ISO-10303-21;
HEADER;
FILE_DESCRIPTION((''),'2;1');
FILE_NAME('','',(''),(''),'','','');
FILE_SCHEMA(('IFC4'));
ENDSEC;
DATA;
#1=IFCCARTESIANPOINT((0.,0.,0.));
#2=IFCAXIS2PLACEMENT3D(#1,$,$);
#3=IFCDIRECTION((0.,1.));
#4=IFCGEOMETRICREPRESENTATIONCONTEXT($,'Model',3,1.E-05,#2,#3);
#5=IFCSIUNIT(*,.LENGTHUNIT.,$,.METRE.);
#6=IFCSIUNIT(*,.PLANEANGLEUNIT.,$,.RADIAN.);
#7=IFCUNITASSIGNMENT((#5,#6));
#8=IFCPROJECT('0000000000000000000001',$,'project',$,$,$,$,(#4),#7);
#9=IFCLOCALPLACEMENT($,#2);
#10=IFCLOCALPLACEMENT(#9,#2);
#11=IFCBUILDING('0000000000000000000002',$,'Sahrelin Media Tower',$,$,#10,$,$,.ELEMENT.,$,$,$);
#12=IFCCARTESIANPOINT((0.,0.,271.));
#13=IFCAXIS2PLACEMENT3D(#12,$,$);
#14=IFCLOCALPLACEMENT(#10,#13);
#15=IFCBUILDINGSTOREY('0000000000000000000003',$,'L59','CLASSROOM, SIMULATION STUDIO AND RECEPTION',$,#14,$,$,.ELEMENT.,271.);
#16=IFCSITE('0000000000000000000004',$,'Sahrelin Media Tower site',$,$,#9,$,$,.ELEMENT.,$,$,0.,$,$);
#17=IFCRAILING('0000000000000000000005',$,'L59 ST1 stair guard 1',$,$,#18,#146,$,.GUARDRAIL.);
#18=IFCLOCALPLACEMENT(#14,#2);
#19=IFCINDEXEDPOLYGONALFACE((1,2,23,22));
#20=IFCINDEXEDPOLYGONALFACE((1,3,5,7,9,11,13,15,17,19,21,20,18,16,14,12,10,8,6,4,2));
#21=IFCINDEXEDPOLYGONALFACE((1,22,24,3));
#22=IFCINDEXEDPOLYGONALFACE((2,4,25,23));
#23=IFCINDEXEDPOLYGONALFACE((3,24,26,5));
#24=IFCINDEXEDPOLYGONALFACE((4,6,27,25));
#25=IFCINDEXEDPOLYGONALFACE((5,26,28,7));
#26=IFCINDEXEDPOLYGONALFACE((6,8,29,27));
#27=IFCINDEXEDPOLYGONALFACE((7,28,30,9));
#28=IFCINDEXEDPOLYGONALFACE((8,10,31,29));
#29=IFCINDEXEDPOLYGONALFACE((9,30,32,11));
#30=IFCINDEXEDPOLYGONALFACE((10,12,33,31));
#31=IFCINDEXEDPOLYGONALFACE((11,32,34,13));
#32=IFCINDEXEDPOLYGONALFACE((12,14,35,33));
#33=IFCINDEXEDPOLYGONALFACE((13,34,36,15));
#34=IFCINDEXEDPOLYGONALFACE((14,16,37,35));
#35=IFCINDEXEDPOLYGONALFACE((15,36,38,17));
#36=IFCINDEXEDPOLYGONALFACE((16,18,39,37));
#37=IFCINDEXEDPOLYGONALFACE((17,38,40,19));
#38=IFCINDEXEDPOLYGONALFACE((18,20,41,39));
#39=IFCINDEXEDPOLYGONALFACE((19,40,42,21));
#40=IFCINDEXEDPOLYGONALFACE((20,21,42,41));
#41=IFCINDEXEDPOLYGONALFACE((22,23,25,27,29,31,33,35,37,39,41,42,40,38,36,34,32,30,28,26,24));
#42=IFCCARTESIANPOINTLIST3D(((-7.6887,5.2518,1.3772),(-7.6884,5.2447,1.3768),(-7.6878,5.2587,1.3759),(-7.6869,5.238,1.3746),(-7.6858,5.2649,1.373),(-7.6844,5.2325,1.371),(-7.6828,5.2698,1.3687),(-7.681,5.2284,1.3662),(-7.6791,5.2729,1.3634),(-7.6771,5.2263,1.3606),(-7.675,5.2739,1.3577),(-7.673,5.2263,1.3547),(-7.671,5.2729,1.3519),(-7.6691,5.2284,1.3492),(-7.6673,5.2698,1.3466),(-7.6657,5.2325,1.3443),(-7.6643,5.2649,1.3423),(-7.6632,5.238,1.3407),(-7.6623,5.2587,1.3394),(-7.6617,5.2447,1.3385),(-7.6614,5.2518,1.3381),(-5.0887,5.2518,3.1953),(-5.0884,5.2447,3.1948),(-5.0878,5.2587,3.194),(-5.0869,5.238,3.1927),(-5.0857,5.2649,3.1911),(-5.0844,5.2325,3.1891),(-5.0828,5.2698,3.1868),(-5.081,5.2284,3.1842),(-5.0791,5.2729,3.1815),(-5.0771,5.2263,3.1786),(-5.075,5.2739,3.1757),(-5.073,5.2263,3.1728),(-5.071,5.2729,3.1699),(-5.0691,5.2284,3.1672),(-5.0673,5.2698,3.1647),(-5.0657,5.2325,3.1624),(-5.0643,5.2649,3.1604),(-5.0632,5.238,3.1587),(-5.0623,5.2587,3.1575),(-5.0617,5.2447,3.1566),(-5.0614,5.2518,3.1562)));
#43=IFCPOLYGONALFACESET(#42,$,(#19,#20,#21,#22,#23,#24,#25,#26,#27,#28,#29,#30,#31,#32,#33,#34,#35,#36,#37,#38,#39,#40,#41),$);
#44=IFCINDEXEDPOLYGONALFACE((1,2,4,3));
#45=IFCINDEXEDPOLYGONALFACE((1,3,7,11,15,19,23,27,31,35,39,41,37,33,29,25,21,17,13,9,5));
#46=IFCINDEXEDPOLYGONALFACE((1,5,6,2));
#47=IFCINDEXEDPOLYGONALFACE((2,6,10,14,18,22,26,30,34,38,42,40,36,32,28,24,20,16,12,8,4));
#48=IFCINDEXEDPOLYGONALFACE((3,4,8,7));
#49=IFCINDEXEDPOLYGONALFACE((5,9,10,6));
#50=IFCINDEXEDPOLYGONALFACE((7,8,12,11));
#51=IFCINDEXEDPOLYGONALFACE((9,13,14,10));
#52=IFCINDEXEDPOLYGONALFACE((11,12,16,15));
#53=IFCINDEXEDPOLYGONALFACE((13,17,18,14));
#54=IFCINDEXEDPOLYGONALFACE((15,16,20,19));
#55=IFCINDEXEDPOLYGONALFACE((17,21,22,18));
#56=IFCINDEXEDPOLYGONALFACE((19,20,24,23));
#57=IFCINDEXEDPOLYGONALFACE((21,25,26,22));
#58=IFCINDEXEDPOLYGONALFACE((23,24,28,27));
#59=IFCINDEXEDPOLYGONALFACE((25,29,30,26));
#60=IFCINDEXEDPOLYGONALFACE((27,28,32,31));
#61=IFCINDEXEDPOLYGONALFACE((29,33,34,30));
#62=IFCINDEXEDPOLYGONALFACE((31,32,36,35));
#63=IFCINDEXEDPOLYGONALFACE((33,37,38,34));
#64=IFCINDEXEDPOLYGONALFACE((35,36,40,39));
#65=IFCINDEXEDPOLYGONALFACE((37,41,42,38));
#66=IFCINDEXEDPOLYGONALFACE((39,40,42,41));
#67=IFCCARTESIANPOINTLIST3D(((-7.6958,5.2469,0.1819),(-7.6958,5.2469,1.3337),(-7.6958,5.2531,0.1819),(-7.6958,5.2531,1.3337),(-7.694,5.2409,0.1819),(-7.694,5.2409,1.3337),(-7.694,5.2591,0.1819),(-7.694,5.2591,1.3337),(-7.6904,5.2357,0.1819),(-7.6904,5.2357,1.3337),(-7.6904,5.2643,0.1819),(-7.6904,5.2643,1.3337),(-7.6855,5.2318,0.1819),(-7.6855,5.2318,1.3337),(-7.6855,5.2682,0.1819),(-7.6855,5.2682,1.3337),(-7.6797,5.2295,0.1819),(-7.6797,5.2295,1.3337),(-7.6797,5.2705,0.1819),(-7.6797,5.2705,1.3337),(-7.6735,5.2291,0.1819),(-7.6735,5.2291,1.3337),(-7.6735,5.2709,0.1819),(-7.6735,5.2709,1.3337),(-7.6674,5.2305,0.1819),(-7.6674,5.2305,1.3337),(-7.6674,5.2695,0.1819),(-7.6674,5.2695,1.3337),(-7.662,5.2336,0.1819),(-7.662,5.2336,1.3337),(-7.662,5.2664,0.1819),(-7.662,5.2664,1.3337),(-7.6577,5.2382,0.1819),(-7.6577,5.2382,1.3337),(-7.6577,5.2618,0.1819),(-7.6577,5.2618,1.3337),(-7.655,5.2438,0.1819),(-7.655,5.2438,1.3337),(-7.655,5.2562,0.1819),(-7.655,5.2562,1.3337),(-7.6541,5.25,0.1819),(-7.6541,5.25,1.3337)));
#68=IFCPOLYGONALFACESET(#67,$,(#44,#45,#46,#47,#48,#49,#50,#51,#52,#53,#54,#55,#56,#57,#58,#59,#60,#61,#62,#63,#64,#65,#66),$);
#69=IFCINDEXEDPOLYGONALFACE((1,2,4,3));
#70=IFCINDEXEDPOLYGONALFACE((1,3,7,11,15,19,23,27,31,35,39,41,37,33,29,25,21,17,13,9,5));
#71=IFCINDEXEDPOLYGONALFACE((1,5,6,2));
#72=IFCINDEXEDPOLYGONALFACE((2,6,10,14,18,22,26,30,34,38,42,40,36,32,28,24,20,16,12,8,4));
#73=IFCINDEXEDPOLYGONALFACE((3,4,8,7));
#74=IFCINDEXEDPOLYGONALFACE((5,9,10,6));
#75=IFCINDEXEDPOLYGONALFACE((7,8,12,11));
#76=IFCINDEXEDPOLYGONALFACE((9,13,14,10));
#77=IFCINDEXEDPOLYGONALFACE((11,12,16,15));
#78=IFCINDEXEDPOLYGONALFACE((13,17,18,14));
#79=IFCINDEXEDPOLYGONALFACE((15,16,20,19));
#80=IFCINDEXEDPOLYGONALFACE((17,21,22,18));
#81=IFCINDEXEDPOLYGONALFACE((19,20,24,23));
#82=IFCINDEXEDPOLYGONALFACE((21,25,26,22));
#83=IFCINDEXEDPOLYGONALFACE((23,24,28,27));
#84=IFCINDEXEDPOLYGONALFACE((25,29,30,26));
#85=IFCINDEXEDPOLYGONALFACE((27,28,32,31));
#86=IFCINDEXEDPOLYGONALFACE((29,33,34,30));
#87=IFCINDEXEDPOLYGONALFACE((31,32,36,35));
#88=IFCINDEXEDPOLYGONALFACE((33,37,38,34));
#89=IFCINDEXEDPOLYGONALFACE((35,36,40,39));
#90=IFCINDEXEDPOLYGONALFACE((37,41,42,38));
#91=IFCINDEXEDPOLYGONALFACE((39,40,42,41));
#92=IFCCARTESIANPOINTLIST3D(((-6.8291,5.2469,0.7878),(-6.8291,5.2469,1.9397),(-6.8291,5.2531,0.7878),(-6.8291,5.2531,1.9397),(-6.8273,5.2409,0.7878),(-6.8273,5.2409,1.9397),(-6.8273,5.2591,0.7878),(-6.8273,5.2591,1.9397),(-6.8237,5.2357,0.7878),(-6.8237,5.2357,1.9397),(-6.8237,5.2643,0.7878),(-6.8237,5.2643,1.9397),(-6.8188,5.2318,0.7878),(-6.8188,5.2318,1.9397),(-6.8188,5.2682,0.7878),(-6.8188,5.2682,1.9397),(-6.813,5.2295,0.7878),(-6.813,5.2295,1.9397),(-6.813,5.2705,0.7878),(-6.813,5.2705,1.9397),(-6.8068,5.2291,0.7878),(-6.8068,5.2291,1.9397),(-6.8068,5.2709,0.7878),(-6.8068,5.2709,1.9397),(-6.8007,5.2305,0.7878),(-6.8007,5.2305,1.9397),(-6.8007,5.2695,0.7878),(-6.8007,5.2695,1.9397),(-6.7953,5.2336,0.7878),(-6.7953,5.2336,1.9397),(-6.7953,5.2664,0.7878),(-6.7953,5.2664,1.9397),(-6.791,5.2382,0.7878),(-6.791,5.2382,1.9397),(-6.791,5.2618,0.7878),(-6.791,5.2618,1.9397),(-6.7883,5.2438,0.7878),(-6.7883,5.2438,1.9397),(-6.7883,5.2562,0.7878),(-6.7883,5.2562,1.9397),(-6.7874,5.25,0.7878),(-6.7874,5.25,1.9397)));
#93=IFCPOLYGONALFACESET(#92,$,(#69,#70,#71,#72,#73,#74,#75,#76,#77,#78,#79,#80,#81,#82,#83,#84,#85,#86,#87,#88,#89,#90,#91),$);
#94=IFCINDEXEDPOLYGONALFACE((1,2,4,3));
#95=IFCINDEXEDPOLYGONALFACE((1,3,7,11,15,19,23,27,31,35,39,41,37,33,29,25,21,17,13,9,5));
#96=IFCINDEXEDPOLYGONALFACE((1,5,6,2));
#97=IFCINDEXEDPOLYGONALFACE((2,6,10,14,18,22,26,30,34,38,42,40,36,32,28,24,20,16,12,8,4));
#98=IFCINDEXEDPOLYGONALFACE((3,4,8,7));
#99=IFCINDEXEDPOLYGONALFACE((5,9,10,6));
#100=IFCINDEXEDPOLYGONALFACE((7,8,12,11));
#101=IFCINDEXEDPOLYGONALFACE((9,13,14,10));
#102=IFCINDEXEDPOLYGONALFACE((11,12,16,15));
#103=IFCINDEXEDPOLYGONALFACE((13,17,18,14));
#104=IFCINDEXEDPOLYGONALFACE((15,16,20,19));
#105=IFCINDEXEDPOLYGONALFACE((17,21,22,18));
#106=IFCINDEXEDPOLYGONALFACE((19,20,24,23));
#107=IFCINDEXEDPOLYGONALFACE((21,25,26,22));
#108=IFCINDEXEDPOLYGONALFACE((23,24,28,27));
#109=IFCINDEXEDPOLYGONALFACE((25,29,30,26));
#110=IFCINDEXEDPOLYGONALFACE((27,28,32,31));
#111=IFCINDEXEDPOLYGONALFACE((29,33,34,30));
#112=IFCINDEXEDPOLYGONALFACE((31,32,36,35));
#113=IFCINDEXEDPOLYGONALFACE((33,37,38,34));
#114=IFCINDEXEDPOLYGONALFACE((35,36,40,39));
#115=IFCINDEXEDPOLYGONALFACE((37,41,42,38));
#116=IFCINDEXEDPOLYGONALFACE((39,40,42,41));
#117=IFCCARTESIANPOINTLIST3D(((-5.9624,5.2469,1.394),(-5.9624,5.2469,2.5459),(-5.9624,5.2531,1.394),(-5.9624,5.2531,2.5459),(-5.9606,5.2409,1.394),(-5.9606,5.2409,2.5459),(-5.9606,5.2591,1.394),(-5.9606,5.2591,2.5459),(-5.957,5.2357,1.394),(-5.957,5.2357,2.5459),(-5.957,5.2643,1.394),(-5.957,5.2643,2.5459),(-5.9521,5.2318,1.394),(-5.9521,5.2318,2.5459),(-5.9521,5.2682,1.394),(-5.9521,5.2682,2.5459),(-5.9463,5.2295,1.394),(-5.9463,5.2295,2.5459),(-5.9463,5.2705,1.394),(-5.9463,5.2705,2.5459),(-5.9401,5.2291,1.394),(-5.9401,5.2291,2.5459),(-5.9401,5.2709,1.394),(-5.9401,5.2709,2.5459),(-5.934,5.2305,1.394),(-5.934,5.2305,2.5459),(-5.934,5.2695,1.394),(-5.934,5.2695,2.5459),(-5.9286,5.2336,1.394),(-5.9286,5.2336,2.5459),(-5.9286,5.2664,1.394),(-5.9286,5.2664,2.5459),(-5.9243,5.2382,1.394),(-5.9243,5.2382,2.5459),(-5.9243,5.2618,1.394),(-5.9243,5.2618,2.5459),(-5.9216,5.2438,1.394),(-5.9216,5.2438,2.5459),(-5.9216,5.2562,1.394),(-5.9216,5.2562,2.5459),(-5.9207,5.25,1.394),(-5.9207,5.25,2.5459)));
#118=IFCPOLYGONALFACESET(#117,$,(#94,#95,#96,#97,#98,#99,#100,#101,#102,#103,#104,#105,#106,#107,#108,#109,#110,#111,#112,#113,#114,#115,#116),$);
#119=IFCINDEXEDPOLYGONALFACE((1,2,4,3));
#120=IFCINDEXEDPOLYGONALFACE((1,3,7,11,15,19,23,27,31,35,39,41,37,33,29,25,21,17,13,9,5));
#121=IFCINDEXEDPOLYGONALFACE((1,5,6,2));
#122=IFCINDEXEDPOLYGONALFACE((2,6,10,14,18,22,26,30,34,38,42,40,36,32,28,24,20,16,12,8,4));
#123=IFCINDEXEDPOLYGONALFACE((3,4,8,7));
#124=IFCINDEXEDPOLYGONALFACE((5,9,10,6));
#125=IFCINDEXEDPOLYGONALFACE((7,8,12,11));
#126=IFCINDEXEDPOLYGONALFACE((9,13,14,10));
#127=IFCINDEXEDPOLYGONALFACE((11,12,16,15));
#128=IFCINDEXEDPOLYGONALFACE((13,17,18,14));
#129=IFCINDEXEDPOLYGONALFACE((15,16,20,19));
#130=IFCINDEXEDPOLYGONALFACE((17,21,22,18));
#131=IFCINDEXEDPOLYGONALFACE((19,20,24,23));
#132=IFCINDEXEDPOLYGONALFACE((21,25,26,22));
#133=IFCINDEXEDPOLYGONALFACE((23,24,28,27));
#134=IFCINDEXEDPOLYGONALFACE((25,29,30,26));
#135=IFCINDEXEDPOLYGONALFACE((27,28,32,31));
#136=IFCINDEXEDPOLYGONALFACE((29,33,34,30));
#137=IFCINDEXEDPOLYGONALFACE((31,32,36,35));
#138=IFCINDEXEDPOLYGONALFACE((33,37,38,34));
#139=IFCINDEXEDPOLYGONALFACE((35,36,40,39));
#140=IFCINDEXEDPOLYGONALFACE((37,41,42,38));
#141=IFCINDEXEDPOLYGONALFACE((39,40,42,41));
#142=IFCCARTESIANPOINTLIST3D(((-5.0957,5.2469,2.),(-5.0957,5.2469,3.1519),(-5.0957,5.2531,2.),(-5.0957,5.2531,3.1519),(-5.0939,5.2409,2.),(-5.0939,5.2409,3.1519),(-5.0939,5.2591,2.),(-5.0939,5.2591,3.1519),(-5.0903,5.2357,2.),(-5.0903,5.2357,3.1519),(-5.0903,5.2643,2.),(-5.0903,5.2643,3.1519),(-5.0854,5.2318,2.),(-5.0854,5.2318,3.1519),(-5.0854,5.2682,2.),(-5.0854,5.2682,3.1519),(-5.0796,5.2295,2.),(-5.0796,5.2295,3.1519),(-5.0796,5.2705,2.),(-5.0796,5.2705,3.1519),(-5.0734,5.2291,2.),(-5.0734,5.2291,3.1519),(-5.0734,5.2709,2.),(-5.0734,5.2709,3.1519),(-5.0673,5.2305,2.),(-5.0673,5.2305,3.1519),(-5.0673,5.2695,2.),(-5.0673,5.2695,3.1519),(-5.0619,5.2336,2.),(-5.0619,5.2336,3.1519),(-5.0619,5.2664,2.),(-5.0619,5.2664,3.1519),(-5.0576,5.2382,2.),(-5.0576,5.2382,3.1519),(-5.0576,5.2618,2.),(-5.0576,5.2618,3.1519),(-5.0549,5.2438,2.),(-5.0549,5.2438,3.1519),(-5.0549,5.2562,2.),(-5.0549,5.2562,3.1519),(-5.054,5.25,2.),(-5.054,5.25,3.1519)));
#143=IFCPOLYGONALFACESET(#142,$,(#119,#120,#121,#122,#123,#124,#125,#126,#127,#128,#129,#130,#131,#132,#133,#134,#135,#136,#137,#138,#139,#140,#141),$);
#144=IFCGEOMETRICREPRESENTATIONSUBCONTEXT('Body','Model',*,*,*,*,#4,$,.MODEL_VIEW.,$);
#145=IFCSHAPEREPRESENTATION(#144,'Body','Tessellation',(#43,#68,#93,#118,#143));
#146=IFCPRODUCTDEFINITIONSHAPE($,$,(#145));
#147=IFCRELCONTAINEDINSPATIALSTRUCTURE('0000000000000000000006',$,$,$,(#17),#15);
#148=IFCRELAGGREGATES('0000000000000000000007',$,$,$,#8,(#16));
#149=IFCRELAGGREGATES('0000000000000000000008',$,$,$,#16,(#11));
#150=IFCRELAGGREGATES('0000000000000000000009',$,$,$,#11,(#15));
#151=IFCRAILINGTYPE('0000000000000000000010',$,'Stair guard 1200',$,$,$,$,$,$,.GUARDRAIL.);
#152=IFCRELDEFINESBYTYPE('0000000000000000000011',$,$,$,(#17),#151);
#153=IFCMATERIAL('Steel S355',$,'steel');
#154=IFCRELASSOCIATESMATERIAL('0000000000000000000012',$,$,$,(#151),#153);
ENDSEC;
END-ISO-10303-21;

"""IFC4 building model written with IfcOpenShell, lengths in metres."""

from ifc_helpers import new_model, si_unit, direction, frame, origin, origin_2d, place, context, subcontext, project, spatial, circle, extrude, material, type_object, element, save


model = new_model("IFC4")

# Units and contexts
model_context = context("Model", 3, precision=1e-05, world=origin(), true_north=direction((0.0, 1.0)))
body_context = subcontext(model_context, "Body", "Model", "MODEL_VIEW")
ifc_project = project(units=[si_unit("LENGTHUNIT", "METRE"), si_unit("PLANEANGLEUNIT", "RADIAN")], contexts=[model_context])

# Site, building, storey
site_placement = place(None, origin())
site = spatial("IfcSite", under=ifc_project, at=site_placement, Name="Sahrelin Media Tower site", CompositionType="ELEMENT", RefElevation=0.0)
building_placement = place(site_placement, origin())
building = spatial("IfcBuilding", under=site, at=building_placement, Name="Sahrelin Media Tower", CompositionType="ELEMENT")
storey_placement = place(building_placement, frame((0.0, 0.0, 271.0)))
storey = spatial("IfcBuildingStorey", under=building, at=storey_placement, Name="L59", Description="CLASSROOM, SIMULATION STUDIO AND RECEPTION", CompositionType="ELEMENT", Elevation=271.0)

# Shared definitions
ifc_material_1 = material(Name="Steel S355", Category="steel")

# Railing
railing_type_1 = type_object("IfcRailingType", Name="Stair guard 1200", PredefinedType="GUARDRAIL", material=ifc_material_1)
railing_1_placement = place(storey_placement, frame((-7.675, 5.25, 0.1819)))
element("IfcRailing", 1, at=railing_1_placement, inside=storey, type_object=railing_type_1, Name="L59 ST1 stair guard 1", PredefinedType="GUARDRAIL", context=body_context, shape_type="SweptSolid", body=[
    extrude(circle(Radius=0.0239, at=origin_2d()), frame((0.0, 0.0, 1.1758), z_axis=(0.819521, 0.0, 0.573049), x_axis=(0.0, 1.0, 0.0)), (0.0, 0.0, 1.0), 3.1726),
    extrude(circle(Radius=0.021, at=origin_2d()), origin(), (0.0, 0.0, 1.0), 1.1519),
    extrude(circle(Radius=0.021, at=origin_2d()), frame((0.8667, 0.0, 0.606)), (0.0, 0.0, 1.0), 1.1519),
    extrude(circle(Radius=0.021, at=origin_2d()), frame((1.7334, 0.0, 1.2122)), (0.0, 0.0, 1.0), 1.1519),
    extrude(circle(Radius=0.021, at=origin_2d()), frame((2.6001, 0.0, 1.8181)), (0.0, 0.0, 1.0), 1.1519),
])

save(model, "model.ifc")
